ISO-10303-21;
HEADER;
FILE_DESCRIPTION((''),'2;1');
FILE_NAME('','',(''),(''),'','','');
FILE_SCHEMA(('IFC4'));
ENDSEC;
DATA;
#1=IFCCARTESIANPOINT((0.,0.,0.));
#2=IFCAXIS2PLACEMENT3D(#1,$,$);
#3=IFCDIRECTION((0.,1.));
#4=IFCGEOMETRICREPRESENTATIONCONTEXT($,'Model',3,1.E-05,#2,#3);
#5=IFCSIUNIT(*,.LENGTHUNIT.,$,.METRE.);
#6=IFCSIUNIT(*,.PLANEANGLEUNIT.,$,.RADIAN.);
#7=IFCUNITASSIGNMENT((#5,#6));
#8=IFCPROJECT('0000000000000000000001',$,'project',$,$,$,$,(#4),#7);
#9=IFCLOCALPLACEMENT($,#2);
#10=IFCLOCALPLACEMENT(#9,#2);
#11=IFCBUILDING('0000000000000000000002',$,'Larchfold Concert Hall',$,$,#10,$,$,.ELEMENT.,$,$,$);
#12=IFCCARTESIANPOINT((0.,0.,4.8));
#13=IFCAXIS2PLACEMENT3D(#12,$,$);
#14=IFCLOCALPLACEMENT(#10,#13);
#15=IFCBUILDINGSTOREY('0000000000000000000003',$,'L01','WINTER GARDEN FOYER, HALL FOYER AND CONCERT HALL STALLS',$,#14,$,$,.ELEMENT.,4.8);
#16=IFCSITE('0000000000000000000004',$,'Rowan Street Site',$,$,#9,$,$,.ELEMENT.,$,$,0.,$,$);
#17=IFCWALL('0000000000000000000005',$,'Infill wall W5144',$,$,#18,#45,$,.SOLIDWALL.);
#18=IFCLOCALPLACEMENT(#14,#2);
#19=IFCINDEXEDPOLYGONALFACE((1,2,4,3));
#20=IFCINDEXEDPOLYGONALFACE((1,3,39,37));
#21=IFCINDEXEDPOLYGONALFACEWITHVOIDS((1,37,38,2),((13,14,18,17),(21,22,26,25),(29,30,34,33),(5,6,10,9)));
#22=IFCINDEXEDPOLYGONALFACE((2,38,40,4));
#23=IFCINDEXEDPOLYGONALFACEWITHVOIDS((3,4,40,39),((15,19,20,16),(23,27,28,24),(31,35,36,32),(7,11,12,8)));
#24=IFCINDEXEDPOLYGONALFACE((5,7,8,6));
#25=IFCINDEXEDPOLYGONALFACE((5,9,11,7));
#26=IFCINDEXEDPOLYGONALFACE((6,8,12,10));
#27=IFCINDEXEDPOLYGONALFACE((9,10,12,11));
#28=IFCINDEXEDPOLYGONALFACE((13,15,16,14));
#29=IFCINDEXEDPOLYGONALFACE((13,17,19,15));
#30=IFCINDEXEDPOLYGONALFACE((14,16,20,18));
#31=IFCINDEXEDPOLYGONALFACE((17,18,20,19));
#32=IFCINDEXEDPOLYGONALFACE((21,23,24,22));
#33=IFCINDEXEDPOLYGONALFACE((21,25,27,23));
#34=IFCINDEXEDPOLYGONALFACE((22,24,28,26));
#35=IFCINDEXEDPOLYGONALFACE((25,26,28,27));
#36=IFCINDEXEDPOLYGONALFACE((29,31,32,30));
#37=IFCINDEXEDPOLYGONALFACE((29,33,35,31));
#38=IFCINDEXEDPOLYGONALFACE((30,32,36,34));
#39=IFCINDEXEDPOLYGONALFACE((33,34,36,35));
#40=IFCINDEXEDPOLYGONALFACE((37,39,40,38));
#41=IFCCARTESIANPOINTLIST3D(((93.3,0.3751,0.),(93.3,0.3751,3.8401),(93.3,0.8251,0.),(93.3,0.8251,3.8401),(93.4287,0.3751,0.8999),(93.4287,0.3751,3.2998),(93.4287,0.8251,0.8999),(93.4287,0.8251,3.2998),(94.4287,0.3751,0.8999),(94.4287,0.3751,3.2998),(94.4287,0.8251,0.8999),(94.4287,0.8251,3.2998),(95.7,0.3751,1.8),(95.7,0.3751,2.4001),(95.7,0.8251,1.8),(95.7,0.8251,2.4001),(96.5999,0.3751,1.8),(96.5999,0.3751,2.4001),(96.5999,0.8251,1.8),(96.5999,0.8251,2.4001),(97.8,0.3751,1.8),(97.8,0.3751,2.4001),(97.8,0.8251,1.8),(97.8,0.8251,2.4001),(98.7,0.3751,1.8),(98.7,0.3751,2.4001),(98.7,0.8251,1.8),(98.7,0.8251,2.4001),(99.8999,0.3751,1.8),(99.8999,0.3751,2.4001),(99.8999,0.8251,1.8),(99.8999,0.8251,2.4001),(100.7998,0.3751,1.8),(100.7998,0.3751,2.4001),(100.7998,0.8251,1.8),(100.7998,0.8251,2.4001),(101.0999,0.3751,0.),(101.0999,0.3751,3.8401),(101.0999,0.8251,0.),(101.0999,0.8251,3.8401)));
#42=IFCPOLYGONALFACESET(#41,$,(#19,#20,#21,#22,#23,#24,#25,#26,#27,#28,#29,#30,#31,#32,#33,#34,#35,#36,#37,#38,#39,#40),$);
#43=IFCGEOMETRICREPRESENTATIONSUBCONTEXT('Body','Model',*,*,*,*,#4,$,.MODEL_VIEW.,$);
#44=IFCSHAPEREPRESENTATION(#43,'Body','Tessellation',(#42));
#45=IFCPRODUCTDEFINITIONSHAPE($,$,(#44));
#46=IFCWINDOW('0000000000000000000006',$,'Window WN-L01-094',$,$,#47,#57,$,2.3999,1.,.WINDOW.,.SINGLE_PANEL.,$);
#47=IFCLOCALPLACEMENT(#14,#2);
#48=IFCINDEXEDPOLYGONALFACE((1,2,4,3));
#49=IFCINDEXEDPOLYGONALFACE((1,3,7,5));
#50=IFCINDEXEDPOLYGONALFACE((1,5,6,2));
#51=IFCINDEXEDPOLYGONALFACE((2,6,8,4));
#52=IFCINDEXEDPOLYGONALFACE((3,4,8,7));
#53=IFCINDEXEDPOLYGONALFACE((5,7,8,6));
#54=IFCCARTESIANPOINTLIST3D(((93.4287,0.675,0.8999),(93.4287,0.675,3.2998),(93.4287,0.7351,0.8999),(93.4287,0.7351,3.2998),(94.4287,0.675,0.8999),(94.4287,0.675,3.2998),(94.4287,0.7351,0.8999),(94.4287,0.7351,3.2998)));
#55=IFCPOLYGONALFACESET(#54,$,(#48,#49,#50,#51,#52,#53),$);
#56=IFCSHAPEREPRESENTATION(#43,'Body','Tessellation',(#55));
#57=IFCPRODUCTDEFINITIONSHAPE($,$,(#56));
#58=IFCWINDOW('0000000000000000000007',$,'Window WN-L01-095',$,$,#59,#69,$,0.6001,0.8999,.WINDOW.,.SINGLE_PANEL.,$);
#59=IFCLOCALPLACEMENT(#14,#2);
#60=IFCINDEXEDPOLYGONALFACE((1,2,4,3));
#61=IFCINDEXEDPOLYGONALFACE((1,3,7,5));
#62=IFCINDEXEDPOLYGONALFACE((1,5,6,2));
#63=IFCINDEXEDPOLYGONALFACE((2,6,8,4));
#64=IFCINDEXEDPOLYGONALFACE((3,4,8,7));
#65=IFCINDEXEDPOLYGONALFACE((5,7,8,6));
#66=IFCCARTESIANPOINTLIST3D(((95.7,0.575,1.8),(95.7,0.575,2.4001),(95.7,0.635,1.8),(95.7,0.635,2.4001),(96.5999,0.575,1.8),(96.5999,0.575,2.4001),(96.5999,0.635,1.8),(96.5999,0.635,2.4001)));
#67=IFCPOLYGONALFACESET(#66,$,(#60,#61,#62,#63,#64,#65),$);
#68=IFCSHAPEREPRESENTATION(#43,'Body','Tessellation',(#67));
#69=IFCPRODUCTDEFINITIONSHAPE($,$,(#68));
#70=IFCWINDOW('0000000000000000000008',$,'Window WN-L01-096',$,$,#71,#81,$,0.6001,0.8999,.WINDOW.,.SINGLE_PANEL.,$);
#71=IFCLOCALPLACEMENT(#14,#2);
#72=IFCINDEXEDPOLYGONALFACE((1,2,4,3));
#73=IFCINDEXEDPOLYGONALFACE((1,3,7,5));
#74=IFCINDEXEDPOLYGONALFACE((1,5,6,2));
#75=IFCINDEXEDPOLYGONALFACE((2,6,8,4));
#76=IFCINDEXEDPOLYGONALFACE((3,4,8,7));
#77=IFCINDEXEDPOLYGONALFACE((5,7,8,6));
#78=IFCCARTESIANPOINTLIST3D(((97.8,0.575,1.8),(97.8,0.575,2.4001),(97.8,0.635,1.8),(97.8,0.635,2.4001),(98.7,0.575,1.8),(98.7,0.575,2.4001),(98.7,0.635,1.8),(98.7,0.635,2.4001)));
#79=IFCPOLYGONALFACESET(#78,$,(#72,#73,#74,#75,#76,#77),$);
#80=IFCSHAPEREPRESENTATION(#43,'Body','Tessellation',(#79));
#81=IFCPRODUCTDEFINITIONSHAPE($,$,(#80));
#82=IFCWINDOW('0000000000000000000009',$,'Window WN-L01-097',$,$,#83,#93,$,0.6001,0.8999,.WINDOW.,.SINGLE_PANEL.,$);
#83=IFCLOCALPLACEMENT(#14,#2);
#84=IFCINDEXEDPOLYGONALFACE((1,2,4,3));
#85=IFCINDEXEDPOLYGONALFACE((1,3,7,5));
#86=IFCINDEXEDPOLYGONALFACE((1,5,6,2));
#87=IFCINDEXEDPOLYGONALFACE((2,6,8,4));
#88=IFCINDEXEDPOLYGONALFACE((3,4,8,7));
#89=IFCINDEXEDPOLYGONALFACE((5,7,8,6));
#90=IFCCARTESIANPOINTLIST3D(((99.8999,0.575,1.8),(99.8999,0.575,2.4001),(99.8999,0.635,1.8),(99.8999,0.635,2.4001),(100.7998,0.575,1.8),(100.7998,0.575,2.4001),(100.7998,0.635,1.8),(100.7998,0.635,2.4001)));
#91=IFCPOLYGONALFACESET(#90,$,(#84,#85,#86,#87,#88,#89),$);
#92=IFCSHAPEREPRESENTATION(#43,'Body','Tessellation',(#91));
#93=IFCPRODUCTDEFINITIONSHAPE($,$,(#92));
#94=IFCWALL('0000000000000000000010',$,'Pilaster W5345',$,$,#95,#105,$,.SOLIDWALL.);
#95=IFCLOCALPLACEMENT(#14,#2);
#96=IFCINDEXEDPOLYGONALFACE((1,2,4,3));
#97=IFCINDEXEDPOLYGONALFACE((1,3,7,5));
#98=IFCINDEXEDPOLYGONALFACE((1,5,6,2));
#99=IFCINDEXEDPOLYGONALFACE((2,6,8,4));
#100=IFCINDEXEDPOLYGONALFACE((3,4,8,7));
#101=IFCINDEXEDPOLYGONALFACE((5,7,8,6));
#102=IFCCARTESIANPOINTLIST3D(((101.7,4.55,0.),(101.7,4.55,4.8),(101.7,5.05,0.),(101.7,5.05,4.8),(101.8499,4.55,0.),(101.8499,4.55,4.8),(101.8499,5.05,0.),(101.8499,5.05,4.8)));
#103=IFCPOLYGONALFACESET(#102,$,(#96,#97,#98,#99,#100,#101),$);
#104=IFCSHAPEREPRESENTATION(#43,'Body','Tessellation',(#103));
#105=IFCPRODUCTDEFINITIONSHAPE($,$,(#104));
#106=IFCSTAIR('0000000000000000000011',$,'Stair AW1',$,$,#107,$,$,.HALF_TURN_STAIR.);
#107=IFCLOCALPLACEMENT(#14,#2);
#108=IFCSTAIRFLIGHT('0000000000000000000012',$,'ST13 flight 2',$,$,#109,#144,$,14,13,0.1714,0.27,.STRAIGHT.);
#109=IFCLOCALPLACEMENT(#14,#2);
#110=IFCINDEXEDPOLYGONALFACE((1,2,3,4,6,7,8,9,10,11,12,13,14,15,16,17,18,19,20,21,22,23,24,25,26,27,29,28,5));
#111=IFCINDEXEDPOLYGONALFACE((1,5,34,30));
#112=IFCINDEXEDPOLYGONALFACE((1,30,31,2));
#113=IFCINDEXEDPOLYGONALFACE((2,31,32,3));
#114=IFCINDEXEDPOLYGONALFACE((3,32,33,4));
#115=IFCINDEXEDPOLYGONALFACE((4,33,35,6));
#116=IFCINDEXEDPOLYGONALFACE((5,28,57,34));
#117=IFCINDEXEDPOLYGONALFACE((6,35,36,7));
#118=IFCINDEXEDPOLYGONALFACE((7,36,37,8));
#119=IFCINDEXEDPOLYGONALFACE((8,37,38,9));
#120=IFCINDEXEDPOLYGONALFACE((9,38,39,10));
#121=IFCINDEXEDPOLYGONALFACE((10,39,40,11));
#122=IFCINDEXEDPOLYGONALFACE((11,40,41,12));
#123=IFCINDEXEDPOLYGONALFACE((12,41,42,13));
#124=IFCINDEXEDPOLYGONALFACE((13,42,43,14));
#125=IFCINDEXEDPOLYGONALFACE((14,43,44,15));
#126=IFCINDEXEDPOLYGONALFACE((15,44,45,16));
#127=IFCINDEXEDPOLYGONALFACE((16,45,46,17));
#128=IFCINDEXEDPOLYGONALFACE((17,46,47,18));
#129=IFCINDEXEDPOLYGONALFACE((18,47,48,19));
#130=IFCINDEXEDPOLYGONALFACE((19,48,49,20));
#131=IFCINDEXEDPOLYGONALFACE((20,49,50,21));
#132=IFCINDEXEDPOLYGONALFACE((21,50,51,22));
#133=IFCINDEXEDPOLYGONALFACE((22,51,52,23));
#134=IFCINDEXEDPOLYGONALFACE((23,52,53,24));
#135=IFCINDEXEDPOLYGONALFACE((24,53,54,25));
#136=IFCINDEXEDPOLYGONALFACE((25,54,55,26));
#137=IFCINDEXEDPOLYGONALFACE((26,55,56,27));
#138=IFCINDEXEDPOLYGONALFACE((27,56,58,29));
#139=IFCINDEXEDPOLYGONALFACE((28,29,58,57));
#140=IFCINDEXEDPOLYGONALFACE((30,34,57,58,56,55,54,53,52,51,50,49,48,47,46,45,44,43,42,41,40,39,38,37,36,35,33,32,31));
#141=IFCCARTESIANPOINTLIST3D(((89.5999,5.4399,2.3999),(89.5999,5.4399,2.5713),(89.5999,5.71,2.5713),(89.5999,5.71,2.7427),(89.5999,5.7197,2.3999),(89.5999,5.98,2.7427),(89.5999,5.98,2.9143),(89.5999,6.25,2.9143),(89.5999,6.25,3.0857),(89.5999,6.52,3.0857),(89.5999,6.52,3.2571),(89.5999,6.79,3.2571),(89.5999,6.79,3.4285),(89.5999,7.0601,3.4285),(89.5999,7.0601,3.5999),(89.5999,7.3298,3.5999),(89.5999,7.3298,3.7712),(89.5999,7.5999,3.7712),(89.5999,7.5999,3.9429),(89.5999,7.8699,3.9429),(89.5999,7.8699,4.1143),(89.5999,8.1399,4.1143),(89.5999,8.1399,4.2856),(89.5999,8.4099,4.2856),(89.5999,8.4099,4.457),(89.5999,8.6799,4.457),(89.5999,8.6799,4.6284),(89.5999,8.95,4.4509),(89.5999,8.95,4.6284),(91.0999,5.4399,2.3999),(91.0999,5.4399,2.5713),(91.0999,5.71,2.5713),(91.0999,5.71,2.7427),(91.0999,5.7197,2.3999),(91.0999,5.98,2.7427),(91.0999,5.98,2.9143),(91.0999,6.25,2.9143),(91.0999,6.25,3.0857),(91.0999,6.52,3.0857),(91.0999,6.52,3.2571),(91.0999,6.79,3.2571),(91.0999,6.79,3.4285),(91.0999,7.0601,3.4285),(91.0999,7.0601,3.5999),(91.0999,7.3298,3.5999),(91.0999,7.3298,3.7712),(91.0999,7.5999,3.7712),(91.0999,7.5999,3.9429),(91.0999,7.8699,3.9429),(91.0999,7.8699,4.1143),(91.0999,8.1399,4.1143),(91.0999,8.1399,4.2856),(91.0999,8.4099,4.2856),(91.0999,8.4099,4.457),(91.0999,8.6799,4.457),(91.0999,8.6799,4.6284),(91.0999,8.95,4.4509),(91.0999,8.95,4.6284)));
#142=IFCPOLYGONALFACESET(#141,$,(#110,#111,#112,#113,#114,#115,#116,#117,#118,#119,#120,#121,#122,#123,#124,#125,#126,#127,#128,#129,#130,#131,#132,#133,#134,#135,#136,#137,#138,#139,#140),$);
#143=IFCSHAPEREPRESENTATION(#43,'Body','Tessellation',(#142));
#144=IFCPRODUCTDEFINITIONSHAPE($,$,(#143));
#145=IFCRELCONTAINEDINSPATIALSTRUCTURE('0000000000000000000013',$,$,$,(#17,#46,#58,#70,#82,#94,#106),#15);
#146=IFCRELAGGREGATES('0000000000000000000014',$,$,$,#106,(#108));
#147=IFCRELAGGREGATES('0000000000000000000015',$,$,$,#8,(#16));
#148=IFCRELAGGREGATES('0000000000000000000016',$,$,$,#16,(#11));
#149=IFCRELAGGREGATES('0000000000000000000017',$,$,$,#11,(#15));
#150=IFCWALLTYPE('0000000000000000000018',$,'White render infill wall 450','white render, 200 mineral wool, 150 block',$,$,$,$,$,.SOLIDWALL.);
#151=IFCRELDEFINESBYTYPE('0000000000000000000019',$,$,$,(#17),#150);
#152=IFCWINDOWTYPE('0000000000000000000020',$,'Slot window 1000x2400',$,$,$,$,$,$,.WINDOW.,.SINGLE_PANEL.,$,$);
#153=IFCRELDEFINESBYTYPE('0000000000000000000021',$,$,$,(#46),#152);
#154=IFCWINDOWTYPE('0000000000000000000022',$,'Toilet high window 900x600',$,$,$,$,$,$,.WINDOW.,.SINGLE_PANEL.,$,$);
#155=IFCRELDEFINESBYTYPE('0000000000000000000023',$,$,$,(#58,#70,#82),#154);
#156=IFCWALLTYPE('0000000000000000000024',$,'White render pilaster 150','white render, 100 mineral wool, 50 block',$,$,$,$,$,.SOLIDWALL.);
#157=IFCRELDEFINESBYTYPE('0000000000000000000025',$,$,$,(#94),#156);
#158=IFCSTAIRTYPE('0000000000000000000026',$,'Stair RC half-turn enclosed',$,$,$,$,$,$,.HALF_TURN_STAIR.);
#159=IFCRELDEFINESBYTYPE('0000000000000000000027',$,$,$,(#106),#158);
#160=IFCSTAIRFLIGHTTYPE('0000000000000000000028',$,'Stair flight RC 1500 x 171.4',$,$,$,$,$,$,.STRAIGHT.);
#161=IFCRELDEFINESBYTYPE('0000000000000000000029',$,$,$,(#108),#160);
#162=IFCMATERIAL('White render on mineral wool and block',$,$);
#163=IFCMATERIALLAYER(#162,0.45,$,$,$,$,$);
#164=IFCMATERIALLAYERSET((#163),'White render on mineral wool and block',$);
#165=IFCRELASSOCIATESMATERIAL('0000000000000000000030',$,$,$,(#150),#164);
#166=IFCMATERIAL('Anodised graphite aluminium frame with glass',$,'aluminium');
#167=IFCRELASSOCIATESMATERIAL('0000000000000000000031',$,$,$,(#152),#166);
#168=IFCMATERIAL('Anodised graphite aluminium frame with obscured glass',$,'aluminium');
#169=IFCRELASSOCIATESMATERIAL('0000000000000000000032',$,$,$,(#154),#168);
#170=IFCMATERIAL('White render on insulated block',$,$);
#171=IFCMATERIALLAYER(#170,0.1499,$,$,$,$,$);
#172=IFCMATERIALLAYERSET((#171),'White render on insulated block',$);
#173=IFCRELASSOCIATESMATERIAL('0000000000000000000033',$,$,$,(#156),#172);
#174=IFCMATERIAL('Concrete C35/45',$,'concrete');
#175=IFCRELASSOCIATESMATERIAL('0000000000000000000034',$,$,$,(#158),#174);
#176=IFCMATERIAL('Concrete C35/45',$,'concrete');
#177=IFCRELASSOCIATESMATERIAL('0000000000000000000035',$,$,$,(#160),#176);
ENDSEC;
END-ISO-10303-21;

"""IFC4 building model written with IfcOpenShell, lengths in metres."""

from ifc_helpers import new_model, si_unit, direction, frame, frame_2d, origin, place, context, subcontext, project, spatial, polyline, rectangle, outline, extrude, material, layer, layer_set, type_object, element, fill, aggregate, save


model = new_model("IFC4")

# Units and contexts
model_context = context("Model", 3, precision=1e-05, world=origin(), true_north=direction((0.0, 1.0)))
body_context = subcontext(model_context, "Body", "Model", "MODEL_VIEW")
ifc_project = project(units=[si_unit("LENGTHUNIT", "METRE"), si_unit("PLANEANGLEUNIT", "RADIAN")], contexts=[model_context])

# Site, building, storey
site_placement = place(None, origin())
site = spatial("IfcSite", under=ifc_project, at=site_placement, Name="Rowan Street Site", CompositionType="ELEMENT", RefElevation=0.0)
building_placement = place(site_placement, origin())
building = spatial("IfcBuilding", under=site, at=building_placement, Name="Larchfold Concert Hall", CompositionType="ELEMENT")
storey_placement = place(building_placement, frame((0.0, 0.0, 4.8)))
storey = spatial("IfcBuildingStorey", under=building, at=storey_placement, Name="L01", Description="WINTER GARDEN FOYER, HALL FOYER AND CONCERT HALL STALLS", CompositionType="ELEMENT", Elevation=4.8)

# Wall, openings, windows
ifc_material_1 = material(Name="White render on mineral wool and block")
ifc_layer_1 = layer(ifc_material_1, 0.45)
ifc_layer_set_1 = layer_set([ifc_layer_1], Name="White render on mineral wool and block")
wall_type_1 = type_object("IfcWallType", Name="White render infill wall 450", Description="white render, 200 mineral wool, 150 block", PredefinedType="SOLIDWALL", material=ifc_layer_set_1)
wall_1_placement = place(storey_placement, frame((93.3, 0.6001, 0.0), z_axis=(0.0, 0.0, 1.0), x_axis=(1.0, 0.0, 0.0)))
wall_1 = element("IfcWall", 1, at=wall_1_placement, inside=storey, type_object=wall_type_1, Name="Infill wall W5144", PredefinedType="SOLIDWALL", context=body_context, shape_type="SweptSolid", body=[
    extrude(rectangle(XDim=7.7998, YDim=0.45, at=frame_2d((3.8999, 0.0))), origin(), (0.0, 0.0, 1.0), 3.8401),
])
opening_1_placement = place(wall_1_placement, frame((0.1287, 0.0, 0.8999)))
opening_1 = element("IfcOpeningElement", 2, at=opening_1_placement, cuts=wall_1, PredefinedType="OPENING", context=body_context, shape_type="SweptSolid", body=[
    extrude(rectangle(XDim=1.0, YDim=2.3999, at=frame_2d((0.5, 1.2))), frame((0.0, 0.2349, 0.0), z_axis=(0.0, -1.0, 0.0), x_axis=(1.0, 0.0, 0.0)), (0.0, 0.0, 1.0), 0.47),
])
opening_2_placement = place(wall_1_placement, frame((2.3999, 0.0, 1.8)))
opening_2 = element("IfcOpeningElement", 3, at=opening_2_placement, cuts=wall_1, PredefinedType="OPENING", context=body_context, shape_type="SweptSolid", body=[
    extrude(rectangle(XDim=0.8999, YDim=0.6001, at=frame_2d((0.45, 0.3))), frame((0.0, 0.2349, 0.0), z_axis=(0.0, -1.0, 0.0), x_axis=(1.0, 0.0, 0.0)), (0.0, 0.0, 1.0), 0.47),
])
opening_3_placement = place(wall_1_placement, frame((4.5, 0.0, 1.8)))
opening_3 = element("IfcOpeningElement", 4, at=opening_3_placement, cuts=wall_1, PredefinedType="OPENING", context=body_context, shape_type="SweptSolid", body=[
    extrude(rectangle(XDim=0.8999, YDim=0.6001, at=frame_2d((0.45, 0.3))), frame((0.0, 0.2349, 0.0), z_axis=(0.0, -1.0, 0.0), x_axis=(1.0, 0.0, 0.0)), (0.0, 0.0, 1.0), 0.47),
])
opening_4_placement = place(wall_1_placement, frame((6.5999, 0.0, 1.8)))
opening_4 = element("IfcOpeningElement", 5, at=opening_4_placement, cuts=wall_1, PredefinedType="OPENING", context=body_context, shape_type="SweptSolid", body=[
    extrude(rectangle(XDim=0.8999, YDim=0.6001, at=frame_2d((0.45, 0.3))), frame((0.0, 0.2349, 0.0), z_axis=(0.0, -1.0, 0.0), x_axis=(1.0, 0.0, 0.0)), (0.0, 0.0, 1.0), 0.47),
])
ifc_material_2 = material(Name="Anodised graphite aluminium frame with glass", Category="aluminium")
window_type_1 = type_object("IfcWindowType", Name="Slot window 1000x2400", PartitioningType="SINGLE_PANEL", PredefinedType="WINDOW", material=ifc_material_2)
window_1_placement = place(opening_1_placement, origin())
window_1 = element("IfcWindow", 6, at=window_1_placement, inside=storey, type_object=window_type_1, Name="Window WN-L01-094", OverallHeight=2.3999, OverallWidth=1.0, PartitioningType="SINGLE_PANEL", PredefinedType="WINDOW", context=body_context, shape_type="SweptSolid", body=[
    extrude(rectangle(XDim=1.0, YDim=2.3999, at=frame_2d((0.5, 1.2))), frame((0.0, 0.135, 0.0), z_axis=(0.0, -1.0, 0.0), x_axis=(1.0, 0.0, 0.0)), (0.0, 0.0, 1.0), 0.0601),
])
fill(opening_1, window_1)
ifc_material_3 = material(Name="Anodised graphite aluminium frame with obscured glass", Category="aluminium")
window_type_2 = type_object("IfcWindowType", Name="Toilet high window 900x600", PartitioningType="SINGLE_PANEL", PredefinedType="WINDOW", material=ifc_material_3)
window_2_placement = place(opening_2_placement, origin())
window_2 = element("IfcWindow", 7, at=window_2_placement, inside=storey, type_object=window_type_2, Name="Window WN-L01-095", OverallHeight=0.6001, OverallWidth=0.8999, PartitioningType="SINGLE_PANEL", PredefinedType="WINDOW", context=body_context, shape_type="SweptSolid", body=[
    extrude(rectangle(XDim=0.8999, YDim=0.6001, at=frame_2d((0.45, 0.3))), frame((0.0, 0.0349, 0.0), z_axis=(0.0, -1.0, 0.0), x_axis=(1.0, 0.0, 0.0)), (0.0, 0.0, 1.0), 0.0601),
])
fill(opening_2, window_2)
window_3_placement = place(opening_3_placement, origin())
window_3 = element("IfcWindow", 8, at=window_3_placement, inside=storey, type_object=window_type_2, Name="Window WN-L01-096", OverallHeight=0.6001, OverallWidth=0.8999, PartitioningType="SINGLE_PANEL", PredefinedType="WINDOW", context=body_context, shape_type="SweptSolid", body=[
    extrude(rectangle(XDim=0.8999, YDim=0.6001, at=frame_2d((0.45, 0.3))), frame((0.0, 0.0349, 0.0), z_axis=(0.0, -1.0, 0.0), x_axis=(1.0, 0.0, 0.0)), (0.0, 0.0, 1.0), 0.0601),
])
fill(opening_3, window_3)
window_4_placement = place(opening_4_placement, origin())
window_4 = element("IfcWindow", 9, at=window_4_placement, inside=storey, type_object=window_type_2, Name="Window WN-L01-097", OverallHeight=0.6001, OverallWidth=0.8999, PartitioningType="SINGLE_PANEL", PredefinedType="WINDOW", context=body_context, shape_type="SweptSolid", body=[
    extrude(rectangle(XDim=0.8999, YDim=0.6001, at=frame_2d((0.45, 0.3))), frame((0.0, 0.0349, 0.0), z_axis=(0.0, -1.0, 0.0), x_axis=(1.0, 0.0, 0.0)), (0.0, 0.0, 1.0), 0.0601),
])
fill(opening_4, window_4)

# Wall
ifc_material_4 = material(Name="White render on insulated block")
ifc_layer_2 = layer(ifc_material_4, 0.1499)
ifc_layer_set_2 = layer_set([ifc_layer_2], Name="White render on insulated block")
wall_type_2 = type_object("IfcWallType", Name="White render pilaster 150", Description="white render, 100 mineral wool, 50 block", PredefinedType="SOLIDWALL", material=ifc_layer_set_2)
wall_2_placement = place(storey_placement, frame((101.7749, 4.55, 0.0), z_axis=(0.0, 0.0, 1.0), x_axis=(0.0, 1.0, 0.0)))
element("IfcWall", 10, at=wall_2_placement, inside=storey, type_object=wall_type_2, Name="Pilaster W5345", PredefinedType="SOLIDWALL", context=body_context, shape_type="SweptSolid", body=[
    extrude(rectangle(XDim=0.5, YDim=0.1499, at=frame_2d((0.25, 0.0))), origin(), (0.0, 0.0, 1.0), 4.8),
])

# Stair, stair flight
ifc_material_5 = material(Name="Concrete C35/45", Category="concrete")
stair_type = type_object("IfcStairType", Name="Stair RC half-turn enclosed", PredefinedType="HALF_TURN_STAIR", material=ifc_material_5)
stair_placement = place(storey_placement, origin())
stair = element("IfcStair", 11, at=stair_placement, inside=storey, type_object=stair_type, Name="Stair AW1", PredefinedType="HALF_TURN_STAIR")
ifc_material_6 = material(Name="Concrete C35/45", Category="concrete")
stair_flight_type = type_object("IfcStairFlightType", Name="Stair flight RC 1500 x 171.4", PredefinedType="STRAIGHT", material=ifc_material_6)
stair_flight_placement = place(storey_placement, frame((90.3499, 5.4399, 2.3999), z_axis=(0.0, 0.0, 1.0), x_axis=(0.0, 1.0, 0.0)))
stair_flight = element("IfcStairFlight", 12, at=stair_flight_placement, type_object=stair_flight_type, Name="ST13 flight 2", NumberOfRisers=14, NumberOfTreads=13, PredefinedType="STRAIGHT", RiserHeight=0.1714, TreadLength=0.27, context=body_context, shape_type="SweptSolid", body=[
    extrude(outline(polyline([(0.0, 0.0), (0.0, 0.1714), (0.27, 0.1714), (0.27, 0.3428), (0.54, 0.3428), (0.54, 0.5144), (0.8101, 0.5144), (0.8101, 0.6858), (1.0801, 0.6858), (1.0801, 0.8572), (1.3501, 0.8572), (1.3501, 1.0286), (1.6201, 1.0286), (1.6201, 1.2), (1.8899, 1.2), (1.8899, 1.3713), (2.1599, 1.3713), (2.1599, 1.543), (2.4299, 1.543), (2.4299, 1.7144), (2.7, 1.7144), (2.7, 1.8857), (2.97, 1.8857), (2.97, 2.0571), (3.24, 2.0571), (3.24, 2.2285), (3.51, 2.2285), (3.51, 2.3999), (3.51, 2.051), (0.2798, 0.0), (0.0, 0.0)])), frame((0.0, 0.75, 0.0), z_axis=(0.0, -1.0, 0.0), x_axis=(1.0, 0.0, 0.0)), (0.0, 0.0, 1.0), 1.5),
])
aggregate(stair, [stair_flight])

save(model, "model.ifc")
